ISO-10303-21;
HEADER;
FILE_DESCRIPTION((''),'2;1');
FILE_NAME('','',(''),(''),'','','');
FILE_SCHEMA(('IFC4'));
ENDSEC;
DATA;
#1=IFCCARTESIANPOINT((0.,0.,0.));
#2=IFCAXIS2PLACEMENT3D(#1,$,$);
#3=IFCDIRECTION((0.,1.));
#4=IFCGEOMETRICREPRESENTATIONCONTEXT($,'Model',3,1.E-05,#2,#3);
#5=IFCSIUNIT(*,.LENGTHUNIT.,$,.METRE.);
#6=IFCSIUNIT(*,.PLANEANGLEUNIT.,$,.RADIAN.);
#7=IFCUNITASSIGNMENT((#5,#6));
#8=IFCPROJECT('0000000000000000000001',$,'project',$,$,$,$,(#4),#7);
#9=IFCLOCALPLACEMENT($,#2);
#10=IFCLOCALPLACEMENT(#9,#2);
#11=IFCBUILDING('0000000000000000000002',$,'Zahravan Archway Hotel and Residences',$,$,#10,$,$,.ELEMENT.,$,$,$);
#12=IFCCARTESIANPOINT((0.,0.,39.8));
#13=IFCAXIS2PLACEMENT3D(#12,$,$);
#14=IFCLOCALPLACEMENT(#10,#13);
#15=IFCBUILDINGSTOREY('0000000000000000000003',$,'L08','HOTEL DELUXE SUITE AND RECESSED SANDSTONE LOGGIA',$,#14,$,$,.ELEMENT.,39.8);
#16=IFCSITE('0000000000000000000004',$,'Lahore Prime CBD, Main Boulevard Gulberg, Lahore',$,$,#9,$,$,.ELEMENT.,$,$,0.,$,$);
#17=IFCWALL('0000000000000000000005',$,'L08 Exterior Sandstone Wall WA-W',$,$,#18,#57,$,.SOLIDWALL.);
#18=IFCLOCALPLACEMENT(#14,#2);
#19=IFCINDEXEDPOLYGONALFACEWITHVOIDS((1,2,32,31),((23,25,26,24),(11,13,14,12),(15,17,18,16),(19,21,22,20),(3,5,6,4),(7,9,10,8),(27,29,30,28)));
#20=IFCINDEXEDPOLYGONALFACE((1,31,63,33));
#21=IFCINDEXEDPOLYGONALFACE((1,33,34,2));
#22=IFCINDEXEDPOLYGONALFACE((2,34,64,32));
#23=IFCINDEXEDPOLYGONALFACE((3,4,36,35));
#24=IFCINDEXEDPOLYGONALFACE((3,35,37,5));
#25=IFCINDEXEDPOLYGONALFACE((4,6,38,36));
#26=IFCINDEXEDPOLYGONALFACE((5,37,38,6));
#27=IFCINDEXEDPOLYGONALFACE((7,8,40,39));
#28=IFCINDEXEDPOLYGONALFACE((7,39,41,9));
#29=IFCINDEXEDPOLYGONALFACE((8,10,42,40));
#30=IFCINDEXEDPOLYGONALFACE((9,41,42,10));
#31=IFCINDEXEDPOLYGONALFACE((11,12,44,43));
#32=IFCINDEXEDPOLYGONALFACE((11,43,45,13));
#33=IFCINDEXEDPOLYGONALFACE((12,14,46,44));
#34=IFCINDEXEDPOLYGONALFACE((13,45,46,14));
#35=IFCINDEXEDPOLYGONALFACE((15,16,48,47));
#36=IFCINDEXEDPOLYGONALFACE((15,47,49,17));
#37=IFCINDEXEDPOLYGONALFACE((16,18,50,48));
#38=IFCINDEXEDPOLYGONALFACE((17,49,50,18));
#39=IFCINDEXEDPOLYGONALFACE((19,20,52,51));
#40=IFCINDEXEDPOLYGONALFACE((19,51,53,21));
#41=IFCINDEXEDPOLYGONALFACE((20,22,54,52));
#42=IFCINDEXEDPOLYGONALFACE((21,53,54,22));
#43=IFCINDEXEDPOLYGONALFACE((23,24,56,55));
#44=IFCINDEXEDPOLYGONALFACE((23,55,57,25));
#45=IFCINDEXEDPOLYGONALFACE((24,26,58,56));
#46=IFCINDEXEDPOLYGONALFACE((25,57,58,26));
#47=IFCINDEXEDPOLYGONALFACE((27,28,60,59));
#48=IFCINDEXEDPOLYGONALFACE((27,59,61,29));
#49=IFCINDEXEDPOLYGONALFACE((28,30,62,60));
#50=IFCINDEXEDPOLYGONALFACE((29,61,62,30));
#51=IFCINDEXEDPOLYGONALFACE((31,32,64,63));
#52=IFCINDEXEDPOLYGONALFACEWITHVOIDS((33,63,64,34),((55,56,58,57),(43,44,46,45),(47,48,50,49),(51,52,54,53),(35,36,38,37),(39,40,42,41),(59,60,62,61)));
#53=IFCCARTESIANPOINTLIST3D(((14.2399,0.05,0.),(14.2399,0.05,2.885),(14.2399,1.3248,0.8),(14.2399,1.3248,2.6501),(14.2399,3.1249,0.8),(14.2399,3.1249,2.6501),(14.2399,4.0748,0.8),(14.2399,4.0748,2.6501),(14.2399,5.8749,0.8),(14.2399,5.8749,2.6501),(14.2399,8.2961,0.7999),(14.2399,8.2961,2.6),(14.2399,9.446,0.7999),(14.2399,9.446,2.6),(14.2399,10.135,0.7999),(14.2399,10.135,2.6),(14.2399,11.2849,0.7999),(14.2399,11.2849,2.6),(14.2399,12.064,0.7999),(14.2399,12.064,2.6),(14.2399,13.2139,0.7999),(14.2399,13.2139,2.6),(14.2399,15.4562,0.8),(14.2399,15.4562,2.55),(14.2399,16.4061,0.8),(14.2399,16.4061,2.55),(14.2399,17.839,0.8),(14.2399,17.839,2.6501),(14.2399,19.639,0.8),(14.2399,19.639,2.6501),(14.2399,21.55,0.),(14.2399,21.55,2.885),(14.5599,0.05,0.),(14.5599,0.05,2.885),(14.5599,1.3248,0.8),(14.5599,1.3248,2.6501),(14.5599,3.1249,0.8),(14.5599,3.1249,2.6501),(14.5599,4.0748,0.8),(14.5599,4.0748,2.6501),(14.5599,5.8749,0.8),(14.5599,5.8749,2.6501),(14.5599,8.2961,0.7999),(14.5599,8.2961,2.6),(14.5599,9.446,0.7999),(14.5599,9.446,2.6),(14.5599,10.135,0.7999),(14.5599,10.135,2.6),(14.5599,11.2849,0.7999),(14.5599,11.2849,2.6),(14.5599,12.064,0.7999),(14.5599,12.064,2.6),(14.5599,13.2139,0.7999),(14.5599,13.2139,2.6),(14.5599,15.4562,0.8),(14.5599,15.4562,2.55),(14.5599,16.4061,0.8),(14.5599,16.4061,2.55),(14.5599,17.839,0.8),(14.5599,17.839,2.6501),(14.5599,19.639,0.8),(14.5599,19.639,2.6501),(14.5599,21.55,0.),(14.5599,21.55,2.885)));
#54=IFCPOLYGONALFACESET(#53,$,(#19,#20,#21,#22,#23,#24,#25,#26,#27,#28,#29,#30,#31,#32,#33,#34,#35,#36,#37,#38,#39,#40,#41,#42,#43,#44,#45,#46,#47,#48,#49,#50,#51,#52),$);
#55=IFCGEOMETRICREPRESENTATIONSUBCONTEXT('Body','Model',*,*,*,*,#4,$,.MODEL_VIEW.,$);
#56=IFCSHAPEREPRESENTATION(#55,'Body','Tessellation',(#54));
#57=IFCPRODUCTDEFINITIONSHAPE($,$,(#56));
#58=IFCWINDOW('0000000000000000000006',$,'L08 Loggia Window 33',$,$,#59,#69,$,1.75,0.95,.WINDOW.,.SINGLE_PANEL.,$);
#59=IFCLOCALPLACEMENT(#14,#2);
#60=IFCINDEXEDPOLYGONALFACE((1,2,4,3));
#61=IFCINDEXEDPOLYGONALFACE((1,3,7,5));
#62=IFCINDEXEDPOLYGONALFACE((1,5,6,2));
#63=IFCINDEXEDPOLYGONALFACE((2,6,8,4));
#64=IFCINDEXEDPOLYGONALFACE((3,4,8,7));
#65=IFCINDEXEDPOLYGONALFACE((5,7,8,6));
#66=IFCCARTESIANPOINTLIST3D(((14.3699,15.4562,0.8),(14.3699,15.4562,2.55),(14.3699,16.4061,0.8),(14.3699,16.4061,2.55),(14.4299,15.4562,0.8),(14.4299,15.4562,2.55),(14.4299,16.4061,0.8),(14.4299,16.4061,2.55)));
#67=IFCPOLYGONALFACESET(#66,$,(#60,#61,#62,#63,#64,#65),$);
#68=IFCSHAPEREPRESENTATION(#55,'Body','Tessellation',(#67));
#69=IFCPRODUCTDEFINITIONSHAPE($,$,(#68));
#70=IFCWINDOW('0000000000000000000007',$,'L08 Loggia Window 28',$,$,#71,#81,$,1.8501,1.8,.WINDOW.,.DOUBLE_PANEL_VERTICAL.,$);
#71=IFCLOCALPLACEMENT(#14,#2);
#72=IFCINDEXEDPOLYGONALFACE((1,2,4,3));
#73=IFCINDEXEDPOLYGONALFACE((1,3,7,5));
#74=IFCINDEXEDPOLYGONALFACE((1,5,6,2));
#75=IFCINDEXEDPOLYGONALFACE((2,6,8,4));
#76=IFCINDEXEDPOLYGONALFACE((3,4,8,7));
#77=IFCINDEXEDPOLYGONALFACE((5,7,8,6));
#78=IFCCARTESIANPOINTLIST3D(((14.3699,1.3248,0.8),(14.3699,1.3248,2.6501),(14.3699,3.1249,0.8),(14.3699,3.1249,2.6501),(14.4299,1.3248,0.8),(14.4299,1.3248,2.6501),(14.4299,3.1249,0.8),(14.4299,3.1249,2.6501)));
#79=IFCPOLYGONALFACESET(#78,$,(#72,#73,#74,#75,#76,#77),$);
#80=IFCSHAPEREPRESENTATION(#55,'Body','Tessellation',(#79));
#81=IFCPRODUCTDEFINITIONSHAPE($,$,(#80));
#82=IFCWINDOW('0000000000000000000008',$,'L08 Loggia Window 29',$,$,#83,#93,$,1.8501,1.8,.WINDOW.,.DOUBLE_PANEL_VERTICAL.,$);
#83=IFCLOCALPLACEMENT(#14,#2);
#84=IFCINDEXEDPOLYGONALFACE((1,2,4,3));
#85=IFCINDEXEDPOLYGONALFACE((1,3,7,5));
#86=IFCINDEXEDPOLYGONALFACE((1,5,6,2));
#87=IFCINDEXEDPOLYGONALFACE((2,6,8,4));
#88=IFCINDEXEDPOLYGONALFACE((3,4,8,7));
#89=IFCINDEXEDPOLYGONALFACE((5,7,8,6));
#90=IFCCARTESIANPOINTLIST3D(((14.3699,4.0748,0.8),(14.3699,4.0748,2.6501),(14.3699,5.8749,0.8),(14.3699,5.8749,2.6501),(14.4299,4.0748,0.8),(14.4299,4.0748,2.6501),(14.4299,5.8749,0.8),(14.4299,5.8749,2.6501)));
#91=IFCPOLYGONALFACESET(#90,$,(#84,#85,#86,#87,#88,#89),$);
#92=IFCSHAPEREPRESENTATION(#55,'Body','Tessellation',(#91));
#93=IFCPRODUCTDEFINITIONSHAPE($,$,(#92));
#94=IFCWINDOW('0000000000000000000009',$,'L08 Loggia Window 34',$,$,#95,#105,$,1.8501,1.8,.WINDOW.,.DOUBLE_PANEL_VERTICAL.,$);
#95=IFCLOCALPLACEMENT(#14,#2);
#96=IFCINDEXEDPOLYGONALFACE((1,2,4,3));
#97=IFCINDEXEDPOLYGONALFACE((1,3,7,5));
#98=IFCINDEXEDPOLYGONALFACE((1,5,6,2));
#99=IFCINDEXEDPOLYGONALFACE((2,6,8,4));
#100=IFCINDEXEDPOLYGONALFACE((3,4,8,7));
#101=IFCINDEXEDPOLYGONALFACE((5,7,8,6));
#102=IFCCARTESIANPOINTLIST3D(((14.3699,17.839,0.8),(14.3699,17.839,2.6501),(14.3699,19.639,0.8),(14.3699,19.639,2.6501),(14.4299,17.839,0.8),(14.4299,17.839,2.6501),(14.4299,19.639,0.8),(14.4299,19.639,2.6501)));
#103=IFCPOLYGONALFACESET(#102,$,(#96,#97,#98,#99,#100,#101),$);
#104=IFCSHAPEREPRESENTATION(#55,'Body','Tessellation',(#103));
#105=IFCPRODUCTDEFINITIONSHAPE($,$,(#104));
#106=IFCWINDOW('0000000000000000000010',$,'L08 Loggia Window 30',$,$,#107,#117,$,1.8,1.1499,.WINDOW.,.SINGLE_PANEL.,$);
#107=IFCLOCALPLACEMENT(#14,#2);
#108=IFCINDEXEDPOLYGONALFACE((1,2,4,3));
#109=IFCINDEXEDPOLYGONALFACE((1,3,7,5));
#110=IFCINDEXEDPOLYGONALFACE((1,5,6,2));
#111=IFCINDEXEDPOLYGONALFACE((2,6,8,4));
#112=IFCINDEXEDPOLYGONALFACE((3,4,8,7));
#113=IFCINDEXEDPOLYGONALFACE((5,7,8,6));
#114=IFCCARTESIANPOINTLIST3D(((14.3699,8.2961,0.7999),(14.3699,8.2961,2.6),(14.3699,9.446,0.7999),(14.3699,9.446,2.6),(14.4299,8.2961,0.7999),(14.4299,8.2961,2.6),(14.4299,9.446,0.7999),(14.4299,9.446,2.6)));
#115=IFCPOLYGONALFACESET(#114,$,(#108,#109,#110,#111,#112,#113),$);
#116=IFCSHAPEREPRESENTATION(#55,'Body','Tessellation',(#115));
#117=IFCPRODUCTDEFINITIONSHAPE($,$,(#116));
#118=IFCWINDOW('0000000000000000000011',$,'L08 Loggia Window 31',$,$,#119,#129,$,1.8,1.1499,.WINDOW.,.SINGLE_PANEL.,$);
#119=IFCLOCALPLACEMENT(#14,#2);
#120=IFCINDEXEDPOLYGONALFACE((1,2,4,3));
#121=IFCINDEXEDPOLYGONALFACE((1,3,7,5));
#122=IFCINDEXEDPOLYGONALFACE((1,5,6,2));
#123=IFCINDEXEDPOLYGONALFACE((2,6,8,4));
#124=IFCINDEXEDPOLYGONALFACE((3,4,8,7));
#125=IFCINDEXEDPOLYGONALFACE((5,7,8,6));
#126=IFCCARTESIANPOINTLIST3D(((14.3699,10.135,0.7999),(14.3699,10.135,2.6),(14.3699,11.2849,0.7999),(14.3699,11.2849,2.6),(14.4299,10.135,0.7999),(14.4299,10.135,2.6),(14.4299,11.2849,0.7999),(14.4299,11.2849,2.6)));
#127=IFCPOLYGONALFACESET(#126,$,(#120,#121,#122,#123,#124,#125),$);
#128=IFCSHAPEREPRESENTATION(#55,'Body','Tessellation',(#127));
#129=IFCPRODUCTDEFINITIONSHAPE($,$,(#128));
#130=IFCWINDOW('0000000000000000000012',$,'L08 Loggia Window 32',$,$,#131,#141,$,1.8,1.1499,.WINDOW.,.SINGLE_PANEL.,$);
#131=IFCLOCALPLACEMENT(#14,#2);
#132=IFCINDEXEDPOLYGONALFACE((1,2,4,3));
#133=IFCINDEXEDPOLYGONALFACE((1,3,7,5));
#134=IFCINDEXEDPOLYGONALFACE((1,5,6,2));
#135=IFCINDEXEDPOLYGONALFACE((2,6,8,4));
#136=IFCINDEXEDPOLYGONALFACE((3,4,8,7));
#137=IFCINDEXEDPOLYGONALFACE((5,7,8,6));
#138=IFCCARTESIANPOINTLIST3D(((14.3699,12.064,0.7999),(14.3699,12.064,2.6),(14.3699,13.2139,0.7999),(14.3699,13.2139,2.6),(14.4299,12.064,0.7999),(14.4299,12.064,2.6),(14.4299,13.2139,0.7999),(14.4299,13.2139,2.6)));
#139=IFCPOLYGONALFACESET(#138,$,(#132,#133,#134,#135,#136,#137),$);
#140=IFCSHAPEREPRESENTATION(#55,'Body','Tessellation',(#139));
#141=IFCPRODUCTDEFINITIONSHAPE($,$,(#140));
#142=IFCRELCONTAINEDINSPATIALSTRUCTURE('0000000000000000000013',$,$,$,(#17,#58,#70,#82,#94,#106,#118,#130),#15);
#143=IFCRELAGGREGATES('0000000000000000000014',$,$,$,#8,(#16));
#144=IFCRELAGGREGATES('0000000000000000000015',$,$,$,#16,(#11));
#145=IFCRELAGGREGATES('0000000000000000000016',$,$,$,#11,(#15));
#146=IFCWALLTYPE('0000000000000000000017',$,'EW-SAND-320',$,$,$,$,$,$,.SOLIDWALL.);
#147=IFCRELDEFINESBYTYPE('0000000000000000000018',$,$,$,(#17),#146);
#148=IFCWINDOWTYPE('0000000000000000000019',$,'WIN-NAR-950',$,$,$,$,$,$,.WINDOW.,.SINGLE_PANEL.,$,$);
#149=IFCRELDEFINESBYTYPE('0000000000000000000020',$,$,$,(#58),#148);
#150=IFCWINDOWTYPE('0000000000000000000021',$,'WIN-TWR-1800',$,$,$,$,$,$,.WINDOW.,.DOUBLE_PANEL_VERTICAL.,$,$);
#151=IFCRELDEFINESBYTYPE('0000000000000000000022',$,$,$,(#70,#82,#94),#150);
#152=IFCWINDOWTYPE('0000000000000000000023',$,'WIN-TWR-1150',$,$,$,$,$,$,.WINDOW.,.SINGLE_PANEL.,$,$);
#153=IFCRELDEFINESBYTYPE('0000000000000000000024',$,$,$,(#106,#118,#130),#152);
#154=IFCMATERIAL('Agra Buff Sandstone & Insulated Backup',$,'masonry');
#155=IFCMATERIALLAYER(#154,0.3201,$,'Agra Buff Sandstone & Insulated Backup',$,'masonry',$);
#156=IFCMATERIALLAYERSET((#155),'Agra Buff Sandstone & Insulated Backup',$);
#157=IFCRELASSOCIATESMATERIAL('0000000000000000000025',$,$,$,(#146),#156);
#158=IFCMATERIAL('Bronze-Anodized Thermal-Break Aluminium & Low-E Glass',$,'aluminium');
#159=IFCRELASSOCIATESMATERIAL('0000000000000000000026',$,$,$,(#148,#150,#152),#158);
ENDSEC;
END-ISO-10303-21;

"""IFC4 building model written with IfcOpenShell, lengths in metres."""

from ifc_helpers import new_model, si_unit, direction, frame, frame_2d, origin, place, context, subcontext, project, spatial, rectangle, extrude, source, transform, mapped, material, layer, layer_set, type_object, type_shapes, element, fill, save


model = new_model("IFC4")

# Units and contexts
model_context = context("Model", 3, precision=1e-05, world=origin(), true_north=direction((0.0, 1.0)))
body_context = subcontext(model_context, "Body", "Model", "MODEL_VIEW")
ifc_project = project(units=[si_unit("LENGTHUNIT", "METRE"), si_unit("PLANEANGLEUNIT", "RADIAN")], contexts=[model_context])

# Site, building, storey
site_placement = place(None, origin())
site = spatial("IfcSite", under=ifc_project, at=site_placement, Name="Lahore Prime CBD, Main Boulevard Gulberg, Lahore", CompositionType="ELEMENT", RefElevation=0.0)
building_placement = place(site_placement, origin())
building = spatial("IfcBuilding", under=site, at=building_placement, Name="Zahravan Archway Hotel and Residences", CompositionType="ELEMENT")
storey_placement = place(building_placement, frame((0.0, 0.0, 39.8)))
storey = spatial("IfcBuildingStorey", under=building, at=storey_placement, Name="L08", Description="HOTEL DELUXE SUITE AND RECESSED SANDSTONE LOGGIA", CompositionType="ELEMENT", Elevation=39.8)

# Shared definitions
ifc_material_1 = material(Name="Agra Buff Sandstone & Insulated Backup", Category="masonry")
ifc_layer = layer(ifc_material_1, 0.3201, Name="Agra Buff Sandstone & Insulated Backup", Category="masonry")
ifc_layer_set = layer_set([ifc_layer], Name="Agra Buff Sandstone & Insulated Backup")
wall_type = type_object("IfcWallType", Name="EW-SAND-320", PredefinedType="SOLIDWALL", material=ifc_layer_set)
ifc_material_2 = material(Name="Bronze-Anodized Thermal-Break Aluminium & Low-E Glass", Category="aluminium")
window_type_1 = type_object("IfcWindowType", Name="WIN-NAR-950", PartitioningType="SINGLE_PANEL", PredefinedType="WINDOW", material=ifc_material_2)
shared_shape_1 = source(origin(), body_context, "Body", "SweptSolid", [
    extrude(rectangle(XDim=0.95, YDim=1.75, at=frame_2d((0.4751, 0.875))), frame((0.0, 0.03, 0.0), z_axis=(0.0, -1.0, 0.0), x_axis=(1.0, 0.0, 0.0)), (0.0, 0.0, 1.0), 0.0601),
])
type_shapes(window_type_1, [shared_shape_1])
window_type_2 = type_object("IfcWindowType", Name="WIN-TWR-1800", PartitioningType="DOUBLE_PANEL_VERTICAL", PredefinedType="WINDOW", material=ifc_material_2)
shared_shape_2 = source(origin(), body_context, "Body", "SweptSolid", [
    extrude(rectangle(XDim=1.8, YDim=1.8501, at=frame_2d((0.8999, 0.925))), frame((0.0, 0.03, 0.0), z_axis=(0.0, -1.0, 0.0), x_axis=(1.0, 0.0, 0.0)), (0.0, 0.0, 1.0), 0.0601),
])
type_shapes(window_type_2, [shared_shape_2])

# Wall, openings, windows
wall_1_placement = place(storey_placement, frame((14.3999, 0.05, 0.0), z_axis=(0.0, 0.0, 1.0), x_axis=(0.0, 1.0, 0.0)))
wall_1 = element("IfcWall", 1, at=wall_1_placement, inside=storey, type_object=wall_type, Name="L08 Exterior Sandstone Wall WA-W", PredefinedType="SOLIDWALL", context=body_context, shape_type="SweptSolid", body=[
    extrude(rectangle(XDim=21.5, YDim=0.3201, at=frame_2d((10.75, 0.0))), origin(), (0.0, 0.0, 1.0), 2.885),
])
opening_1_placement = place(wall_1_placement, frame((1.2749, 0.0, 0.8)))
opening_1 = element("IfcOpeningElement", 2, at=opening_1_placement, cuts=wall_1, PredefinedType="OPENING", context=body_context, shape_type="SweptSolid", body=[
    extrude(rectangle(XDim=1.8, YDim=1.8501, at=frame_2d((0.8999, 0.925))), frame((0.0, 0.1699, 0.0), z_axis=(0.0, -1.0, 0.0), x_axis=(1.0, 0.0, 0.0)), (0.0, 0.0, 1.0), 0.3401),
])
opening_2_placement = place(wall_1_placement, frame((4.0249, 0.0, 0.8)))
opening_2 = element("IfcOpeningElement", 3, at=opening_2_placement, cuts=wall_1, PredefinedType="OPENING", context=body_context, shape_type="SweptSolid", body=[
    extrude(rectangle(XDim=1.8, YDim=1.8501, at=frame_2d((0.8999, 0.925))), frame((0.0, 0.1699, 0.0), z_axis=(0.0, -1.0, 0.0), x_axis=(1.0, 0.0, 0.0)), (0.0, 0.0, 1.0), 0.3401),
])
opening_3_placement = place(wall_1_placement, frame((8.2461, 0.0, 0.8)))
opening_3 = element("IfcOpeningElement", 4, at=opening_3_placement, cuts=wall_1, PredefinedType="OPENING", context=body_context, shape_type="SweptSolid", body=[
    extrude(rectangle(XDim=1.1499, YDim=1.8, at=frame_2d((0.575, 0.8999))), frame((0.0, 0.1699, 0.0), z_axis=(0.0, -1.0, 0.0), x_axis=(1.0, 0.0, 0.0)), (0.0, 0.0, 1.0), 0.3401),
])
opening_4_placement = place(wall_1_placement, frame((10.085, 0.0, 0.8)))
opening_4 = element("IfcOpeningElement", 5, at=opening_4_placement, cuts=wall_1, PredefinedType="OPENING", context=body_context, shape_type="SweptSolid", body=[
    extrude(rectangle(XDim=1.1499, YDim=1.8, at=frame_2d((0.575, 0.8999))), frame((0.0, 0.1699, 0.0), z_axis=(0.0, -1.0, 0.0), x_axis=(1.0, 0.0, 0.0)), (0.0, 0.0, 1.0), 0.3401),
])
opening_5_placement = place(wall_1_placement, frame((12.0139, 0.0, 0.8)))
opening_5 = element("IfcOpeningElement", 6, at=opening_5_placement, cuts=wall_1, PredefinedType="OPENING", context=body_context, shape_type="SweptSolid", body=[
    extrude(rectangle(XDim=1.1499, YDim=1.8, at=frame_2d((0.575, 0.8999))), frame((0.0, 0.1699, 0.0), z_axis=(0.0, -1.0, 0.0), x_axis=(1.0, 0.0, 0.0)), (0.0, 0.0, 1.0), 0.3401),
])
opening_6_placement = place(wall_1_placement, frame((15.406, 0.0, 0.8)))
opening_6 = element("IfcOpeningElement", 7, at=opening_6_placement, cuts=wall_1, PredefinedType="OPENING", context=body_context, shape_type="SweptSolid", body=[
    extrude(rectangle(XDim=0.95, YDim=1.75, at=frame_2d((0.4751, 0.875))), frame((0.0, 0.1699, 0.0), z_axis=(0.0, -1.0, 0.0), x_axis=(1.0, 0.0, 0.0)), (0.0, 0.0, 1.0), 0.3401),
])
opening_7_placement = place(wall_1_placement, frame((17.7891, 0.0, 0.8)))
opening_7 = element("IfcOpeningElement", 8, at=opening_7_placement, cuts=wall_1, PredefinedType="OPENING", context=body_context, shape_type="SweptSolid", body=[
    extrude(rectangle(XDim=1.8, YDim=1.8501, at=frame_2d((0.8999, 0.925))), frame((0.0, 0.1699, 0.0), z_axis=(0.0, -1.0, 0.0), x_axis=(1.0, 0.0, 0.0)), (0.0, 0.0, 1.0), 0.3401),
])
window_1_placement = place(opening_6_placement, origin())
window_1 = element("IfcWindow", 9, at=window_1_placement, inside=storey, type_object=window_type_1, Name="L08 Loggia Window 33", OverallHeight=1.75, OverallWidth=0.95, PartitioningType="SINGLE_PANEL", PredefinedType="WINDOW", context=body_context, shape_type="MappedRepresentation", body=[
    mapped(shared_shape_1, transform((0.0, 0.0, 0.0), scale=1.0)),
])
fill(opening_6, window_1)
window_2_placement = place(opening_1_placement, origin())
window_2 = element("IfcWindow", 10, at=window_2_placement, inside=storey, type_object=window_type_2, Name="L08 Loggia Window 28", OverallHeight=1.8501, OverallWidth=1.8, PartitioningType="DOUBLE_PANEL_VERTICAL", PredefinedType="WINDOW", context=body_context, shape_type="MappedRepresentation", body=[
    mapped(shared_shape_2, transform((0.0, 0.0, 0.0), scale=1.0)),
])
fill(opening_1, window_2)
window_3_placement = place(opening_2_placement, origin())
window_3 = element("IfcWindow", 11, at=window_3_placement, inside=storey, type_object=window_type_2, Name="L08 Loggia Window 29", OverallHeight=1.8501, OverallWidth=1.8, PartitioningType="DOUBLE_PANEL_VERTICAL", PredefinedType="WINDOW", context=body_context, shape_type="MappedRepresentation", body=[
    mapped(shared_shape_2, transform((0.0, 0.0, 0.0), scale=1.0)),
])
fill(opening_2, window_3)
window_4_placement = place(opening_7_placement, origin())
window_4 = element("IfcWindow", 12, at=window_4_placement, inside=storey, type_object=window_type_2, Name="L08 Loggia Window 34", OverallHeight=1.8501, OverallWidth=1.8, PartitioningType="DOUBLE_PANEL_VERTICAL", PredefinedType="WINDOW", context=body_context, shape_type="MappedRepresentation", body=[
    mapped(shared_shape_2, transform((0.0, 0.0, 0.0), scale=1.0)),
])
fill(opening_7, window_4)
window_type_3 = type_object("IfcWindowType", Name="WIN-TWR-1150", PartitioningType="SINGLE_PANEL", PredefinedType="WINDOW", material=ifc_material_2)
shared_shape_3 = source(origin(), body_context, "Body", "SweptSolid", [
    extrude(rectangle(XDim=1.1499, YDim=1.8, at=frame_2d((0.575, 0.8999))), frame((0.0, 0.03, 0.0), z_axis=(0.0, -1.0, 0.0), x_axis=(1.0, 0.0, 0.0)), (0.0, 0.0, 1.0), 0.0601),
])
type_shapes(window_type_3, [shared_shape_3])
window_5_placement = place(opening_3_placement, origin())
window_5 = element("IfcWindow", 13, at=window_5_placement, inside=storey, type_object=window_type_3, Name="L08 Loggia Window 30", OverallHeight=1.8, OverallWidth=1.1499, PartitioningType="SINGLE_PANEL", PredefinedType="WINDOW", context=body_context, shape_type="MappedRepresentation", body=[
    mapped(shared_shape_3, transform((0.0, 0.0, 0.0), scale=1.0)),
])
fill(opening_3, window_5)
window_6_placement = place(opening_4_placement, origin())
window_6 = element("IfcWindow", 14, at=window_6_placement, inside=storey, type_object=window_type_3, Name="L08 Loggia Window 31", OverallHeight=1.8, OverallWidth=1.1499, PartitioningType="SINGLE_PANEL", PredefinedType="WINDOW", context=body_context, shape_type="MappedRepresentation", body=[
    mapped(shared_shape_3, transform((0.0, 0.0, 0.0), scale=1.0)),
])
fill(opening_4, window_6)
window_7_placement = place(opening_5_placement, origin())
window_7 = element("IfcWindow", 15, at=window_7_placement, inside=storey, type_object=window_type_3, Name="L08 Loggia Window 32", OverallHeight=1.8, OverallWidth=1.1499, PartitioningType="SINGLE_PANEL", PredefinedType="WINDOW", context=body_context, shape_type="MappedRepresentation", body=[
    mapped(shared_shape_3, transform((0.0, 0.0, 0.0), scale=1.0)),
])
fill(opening_5, window_7)

save(model, "model.ifc")
